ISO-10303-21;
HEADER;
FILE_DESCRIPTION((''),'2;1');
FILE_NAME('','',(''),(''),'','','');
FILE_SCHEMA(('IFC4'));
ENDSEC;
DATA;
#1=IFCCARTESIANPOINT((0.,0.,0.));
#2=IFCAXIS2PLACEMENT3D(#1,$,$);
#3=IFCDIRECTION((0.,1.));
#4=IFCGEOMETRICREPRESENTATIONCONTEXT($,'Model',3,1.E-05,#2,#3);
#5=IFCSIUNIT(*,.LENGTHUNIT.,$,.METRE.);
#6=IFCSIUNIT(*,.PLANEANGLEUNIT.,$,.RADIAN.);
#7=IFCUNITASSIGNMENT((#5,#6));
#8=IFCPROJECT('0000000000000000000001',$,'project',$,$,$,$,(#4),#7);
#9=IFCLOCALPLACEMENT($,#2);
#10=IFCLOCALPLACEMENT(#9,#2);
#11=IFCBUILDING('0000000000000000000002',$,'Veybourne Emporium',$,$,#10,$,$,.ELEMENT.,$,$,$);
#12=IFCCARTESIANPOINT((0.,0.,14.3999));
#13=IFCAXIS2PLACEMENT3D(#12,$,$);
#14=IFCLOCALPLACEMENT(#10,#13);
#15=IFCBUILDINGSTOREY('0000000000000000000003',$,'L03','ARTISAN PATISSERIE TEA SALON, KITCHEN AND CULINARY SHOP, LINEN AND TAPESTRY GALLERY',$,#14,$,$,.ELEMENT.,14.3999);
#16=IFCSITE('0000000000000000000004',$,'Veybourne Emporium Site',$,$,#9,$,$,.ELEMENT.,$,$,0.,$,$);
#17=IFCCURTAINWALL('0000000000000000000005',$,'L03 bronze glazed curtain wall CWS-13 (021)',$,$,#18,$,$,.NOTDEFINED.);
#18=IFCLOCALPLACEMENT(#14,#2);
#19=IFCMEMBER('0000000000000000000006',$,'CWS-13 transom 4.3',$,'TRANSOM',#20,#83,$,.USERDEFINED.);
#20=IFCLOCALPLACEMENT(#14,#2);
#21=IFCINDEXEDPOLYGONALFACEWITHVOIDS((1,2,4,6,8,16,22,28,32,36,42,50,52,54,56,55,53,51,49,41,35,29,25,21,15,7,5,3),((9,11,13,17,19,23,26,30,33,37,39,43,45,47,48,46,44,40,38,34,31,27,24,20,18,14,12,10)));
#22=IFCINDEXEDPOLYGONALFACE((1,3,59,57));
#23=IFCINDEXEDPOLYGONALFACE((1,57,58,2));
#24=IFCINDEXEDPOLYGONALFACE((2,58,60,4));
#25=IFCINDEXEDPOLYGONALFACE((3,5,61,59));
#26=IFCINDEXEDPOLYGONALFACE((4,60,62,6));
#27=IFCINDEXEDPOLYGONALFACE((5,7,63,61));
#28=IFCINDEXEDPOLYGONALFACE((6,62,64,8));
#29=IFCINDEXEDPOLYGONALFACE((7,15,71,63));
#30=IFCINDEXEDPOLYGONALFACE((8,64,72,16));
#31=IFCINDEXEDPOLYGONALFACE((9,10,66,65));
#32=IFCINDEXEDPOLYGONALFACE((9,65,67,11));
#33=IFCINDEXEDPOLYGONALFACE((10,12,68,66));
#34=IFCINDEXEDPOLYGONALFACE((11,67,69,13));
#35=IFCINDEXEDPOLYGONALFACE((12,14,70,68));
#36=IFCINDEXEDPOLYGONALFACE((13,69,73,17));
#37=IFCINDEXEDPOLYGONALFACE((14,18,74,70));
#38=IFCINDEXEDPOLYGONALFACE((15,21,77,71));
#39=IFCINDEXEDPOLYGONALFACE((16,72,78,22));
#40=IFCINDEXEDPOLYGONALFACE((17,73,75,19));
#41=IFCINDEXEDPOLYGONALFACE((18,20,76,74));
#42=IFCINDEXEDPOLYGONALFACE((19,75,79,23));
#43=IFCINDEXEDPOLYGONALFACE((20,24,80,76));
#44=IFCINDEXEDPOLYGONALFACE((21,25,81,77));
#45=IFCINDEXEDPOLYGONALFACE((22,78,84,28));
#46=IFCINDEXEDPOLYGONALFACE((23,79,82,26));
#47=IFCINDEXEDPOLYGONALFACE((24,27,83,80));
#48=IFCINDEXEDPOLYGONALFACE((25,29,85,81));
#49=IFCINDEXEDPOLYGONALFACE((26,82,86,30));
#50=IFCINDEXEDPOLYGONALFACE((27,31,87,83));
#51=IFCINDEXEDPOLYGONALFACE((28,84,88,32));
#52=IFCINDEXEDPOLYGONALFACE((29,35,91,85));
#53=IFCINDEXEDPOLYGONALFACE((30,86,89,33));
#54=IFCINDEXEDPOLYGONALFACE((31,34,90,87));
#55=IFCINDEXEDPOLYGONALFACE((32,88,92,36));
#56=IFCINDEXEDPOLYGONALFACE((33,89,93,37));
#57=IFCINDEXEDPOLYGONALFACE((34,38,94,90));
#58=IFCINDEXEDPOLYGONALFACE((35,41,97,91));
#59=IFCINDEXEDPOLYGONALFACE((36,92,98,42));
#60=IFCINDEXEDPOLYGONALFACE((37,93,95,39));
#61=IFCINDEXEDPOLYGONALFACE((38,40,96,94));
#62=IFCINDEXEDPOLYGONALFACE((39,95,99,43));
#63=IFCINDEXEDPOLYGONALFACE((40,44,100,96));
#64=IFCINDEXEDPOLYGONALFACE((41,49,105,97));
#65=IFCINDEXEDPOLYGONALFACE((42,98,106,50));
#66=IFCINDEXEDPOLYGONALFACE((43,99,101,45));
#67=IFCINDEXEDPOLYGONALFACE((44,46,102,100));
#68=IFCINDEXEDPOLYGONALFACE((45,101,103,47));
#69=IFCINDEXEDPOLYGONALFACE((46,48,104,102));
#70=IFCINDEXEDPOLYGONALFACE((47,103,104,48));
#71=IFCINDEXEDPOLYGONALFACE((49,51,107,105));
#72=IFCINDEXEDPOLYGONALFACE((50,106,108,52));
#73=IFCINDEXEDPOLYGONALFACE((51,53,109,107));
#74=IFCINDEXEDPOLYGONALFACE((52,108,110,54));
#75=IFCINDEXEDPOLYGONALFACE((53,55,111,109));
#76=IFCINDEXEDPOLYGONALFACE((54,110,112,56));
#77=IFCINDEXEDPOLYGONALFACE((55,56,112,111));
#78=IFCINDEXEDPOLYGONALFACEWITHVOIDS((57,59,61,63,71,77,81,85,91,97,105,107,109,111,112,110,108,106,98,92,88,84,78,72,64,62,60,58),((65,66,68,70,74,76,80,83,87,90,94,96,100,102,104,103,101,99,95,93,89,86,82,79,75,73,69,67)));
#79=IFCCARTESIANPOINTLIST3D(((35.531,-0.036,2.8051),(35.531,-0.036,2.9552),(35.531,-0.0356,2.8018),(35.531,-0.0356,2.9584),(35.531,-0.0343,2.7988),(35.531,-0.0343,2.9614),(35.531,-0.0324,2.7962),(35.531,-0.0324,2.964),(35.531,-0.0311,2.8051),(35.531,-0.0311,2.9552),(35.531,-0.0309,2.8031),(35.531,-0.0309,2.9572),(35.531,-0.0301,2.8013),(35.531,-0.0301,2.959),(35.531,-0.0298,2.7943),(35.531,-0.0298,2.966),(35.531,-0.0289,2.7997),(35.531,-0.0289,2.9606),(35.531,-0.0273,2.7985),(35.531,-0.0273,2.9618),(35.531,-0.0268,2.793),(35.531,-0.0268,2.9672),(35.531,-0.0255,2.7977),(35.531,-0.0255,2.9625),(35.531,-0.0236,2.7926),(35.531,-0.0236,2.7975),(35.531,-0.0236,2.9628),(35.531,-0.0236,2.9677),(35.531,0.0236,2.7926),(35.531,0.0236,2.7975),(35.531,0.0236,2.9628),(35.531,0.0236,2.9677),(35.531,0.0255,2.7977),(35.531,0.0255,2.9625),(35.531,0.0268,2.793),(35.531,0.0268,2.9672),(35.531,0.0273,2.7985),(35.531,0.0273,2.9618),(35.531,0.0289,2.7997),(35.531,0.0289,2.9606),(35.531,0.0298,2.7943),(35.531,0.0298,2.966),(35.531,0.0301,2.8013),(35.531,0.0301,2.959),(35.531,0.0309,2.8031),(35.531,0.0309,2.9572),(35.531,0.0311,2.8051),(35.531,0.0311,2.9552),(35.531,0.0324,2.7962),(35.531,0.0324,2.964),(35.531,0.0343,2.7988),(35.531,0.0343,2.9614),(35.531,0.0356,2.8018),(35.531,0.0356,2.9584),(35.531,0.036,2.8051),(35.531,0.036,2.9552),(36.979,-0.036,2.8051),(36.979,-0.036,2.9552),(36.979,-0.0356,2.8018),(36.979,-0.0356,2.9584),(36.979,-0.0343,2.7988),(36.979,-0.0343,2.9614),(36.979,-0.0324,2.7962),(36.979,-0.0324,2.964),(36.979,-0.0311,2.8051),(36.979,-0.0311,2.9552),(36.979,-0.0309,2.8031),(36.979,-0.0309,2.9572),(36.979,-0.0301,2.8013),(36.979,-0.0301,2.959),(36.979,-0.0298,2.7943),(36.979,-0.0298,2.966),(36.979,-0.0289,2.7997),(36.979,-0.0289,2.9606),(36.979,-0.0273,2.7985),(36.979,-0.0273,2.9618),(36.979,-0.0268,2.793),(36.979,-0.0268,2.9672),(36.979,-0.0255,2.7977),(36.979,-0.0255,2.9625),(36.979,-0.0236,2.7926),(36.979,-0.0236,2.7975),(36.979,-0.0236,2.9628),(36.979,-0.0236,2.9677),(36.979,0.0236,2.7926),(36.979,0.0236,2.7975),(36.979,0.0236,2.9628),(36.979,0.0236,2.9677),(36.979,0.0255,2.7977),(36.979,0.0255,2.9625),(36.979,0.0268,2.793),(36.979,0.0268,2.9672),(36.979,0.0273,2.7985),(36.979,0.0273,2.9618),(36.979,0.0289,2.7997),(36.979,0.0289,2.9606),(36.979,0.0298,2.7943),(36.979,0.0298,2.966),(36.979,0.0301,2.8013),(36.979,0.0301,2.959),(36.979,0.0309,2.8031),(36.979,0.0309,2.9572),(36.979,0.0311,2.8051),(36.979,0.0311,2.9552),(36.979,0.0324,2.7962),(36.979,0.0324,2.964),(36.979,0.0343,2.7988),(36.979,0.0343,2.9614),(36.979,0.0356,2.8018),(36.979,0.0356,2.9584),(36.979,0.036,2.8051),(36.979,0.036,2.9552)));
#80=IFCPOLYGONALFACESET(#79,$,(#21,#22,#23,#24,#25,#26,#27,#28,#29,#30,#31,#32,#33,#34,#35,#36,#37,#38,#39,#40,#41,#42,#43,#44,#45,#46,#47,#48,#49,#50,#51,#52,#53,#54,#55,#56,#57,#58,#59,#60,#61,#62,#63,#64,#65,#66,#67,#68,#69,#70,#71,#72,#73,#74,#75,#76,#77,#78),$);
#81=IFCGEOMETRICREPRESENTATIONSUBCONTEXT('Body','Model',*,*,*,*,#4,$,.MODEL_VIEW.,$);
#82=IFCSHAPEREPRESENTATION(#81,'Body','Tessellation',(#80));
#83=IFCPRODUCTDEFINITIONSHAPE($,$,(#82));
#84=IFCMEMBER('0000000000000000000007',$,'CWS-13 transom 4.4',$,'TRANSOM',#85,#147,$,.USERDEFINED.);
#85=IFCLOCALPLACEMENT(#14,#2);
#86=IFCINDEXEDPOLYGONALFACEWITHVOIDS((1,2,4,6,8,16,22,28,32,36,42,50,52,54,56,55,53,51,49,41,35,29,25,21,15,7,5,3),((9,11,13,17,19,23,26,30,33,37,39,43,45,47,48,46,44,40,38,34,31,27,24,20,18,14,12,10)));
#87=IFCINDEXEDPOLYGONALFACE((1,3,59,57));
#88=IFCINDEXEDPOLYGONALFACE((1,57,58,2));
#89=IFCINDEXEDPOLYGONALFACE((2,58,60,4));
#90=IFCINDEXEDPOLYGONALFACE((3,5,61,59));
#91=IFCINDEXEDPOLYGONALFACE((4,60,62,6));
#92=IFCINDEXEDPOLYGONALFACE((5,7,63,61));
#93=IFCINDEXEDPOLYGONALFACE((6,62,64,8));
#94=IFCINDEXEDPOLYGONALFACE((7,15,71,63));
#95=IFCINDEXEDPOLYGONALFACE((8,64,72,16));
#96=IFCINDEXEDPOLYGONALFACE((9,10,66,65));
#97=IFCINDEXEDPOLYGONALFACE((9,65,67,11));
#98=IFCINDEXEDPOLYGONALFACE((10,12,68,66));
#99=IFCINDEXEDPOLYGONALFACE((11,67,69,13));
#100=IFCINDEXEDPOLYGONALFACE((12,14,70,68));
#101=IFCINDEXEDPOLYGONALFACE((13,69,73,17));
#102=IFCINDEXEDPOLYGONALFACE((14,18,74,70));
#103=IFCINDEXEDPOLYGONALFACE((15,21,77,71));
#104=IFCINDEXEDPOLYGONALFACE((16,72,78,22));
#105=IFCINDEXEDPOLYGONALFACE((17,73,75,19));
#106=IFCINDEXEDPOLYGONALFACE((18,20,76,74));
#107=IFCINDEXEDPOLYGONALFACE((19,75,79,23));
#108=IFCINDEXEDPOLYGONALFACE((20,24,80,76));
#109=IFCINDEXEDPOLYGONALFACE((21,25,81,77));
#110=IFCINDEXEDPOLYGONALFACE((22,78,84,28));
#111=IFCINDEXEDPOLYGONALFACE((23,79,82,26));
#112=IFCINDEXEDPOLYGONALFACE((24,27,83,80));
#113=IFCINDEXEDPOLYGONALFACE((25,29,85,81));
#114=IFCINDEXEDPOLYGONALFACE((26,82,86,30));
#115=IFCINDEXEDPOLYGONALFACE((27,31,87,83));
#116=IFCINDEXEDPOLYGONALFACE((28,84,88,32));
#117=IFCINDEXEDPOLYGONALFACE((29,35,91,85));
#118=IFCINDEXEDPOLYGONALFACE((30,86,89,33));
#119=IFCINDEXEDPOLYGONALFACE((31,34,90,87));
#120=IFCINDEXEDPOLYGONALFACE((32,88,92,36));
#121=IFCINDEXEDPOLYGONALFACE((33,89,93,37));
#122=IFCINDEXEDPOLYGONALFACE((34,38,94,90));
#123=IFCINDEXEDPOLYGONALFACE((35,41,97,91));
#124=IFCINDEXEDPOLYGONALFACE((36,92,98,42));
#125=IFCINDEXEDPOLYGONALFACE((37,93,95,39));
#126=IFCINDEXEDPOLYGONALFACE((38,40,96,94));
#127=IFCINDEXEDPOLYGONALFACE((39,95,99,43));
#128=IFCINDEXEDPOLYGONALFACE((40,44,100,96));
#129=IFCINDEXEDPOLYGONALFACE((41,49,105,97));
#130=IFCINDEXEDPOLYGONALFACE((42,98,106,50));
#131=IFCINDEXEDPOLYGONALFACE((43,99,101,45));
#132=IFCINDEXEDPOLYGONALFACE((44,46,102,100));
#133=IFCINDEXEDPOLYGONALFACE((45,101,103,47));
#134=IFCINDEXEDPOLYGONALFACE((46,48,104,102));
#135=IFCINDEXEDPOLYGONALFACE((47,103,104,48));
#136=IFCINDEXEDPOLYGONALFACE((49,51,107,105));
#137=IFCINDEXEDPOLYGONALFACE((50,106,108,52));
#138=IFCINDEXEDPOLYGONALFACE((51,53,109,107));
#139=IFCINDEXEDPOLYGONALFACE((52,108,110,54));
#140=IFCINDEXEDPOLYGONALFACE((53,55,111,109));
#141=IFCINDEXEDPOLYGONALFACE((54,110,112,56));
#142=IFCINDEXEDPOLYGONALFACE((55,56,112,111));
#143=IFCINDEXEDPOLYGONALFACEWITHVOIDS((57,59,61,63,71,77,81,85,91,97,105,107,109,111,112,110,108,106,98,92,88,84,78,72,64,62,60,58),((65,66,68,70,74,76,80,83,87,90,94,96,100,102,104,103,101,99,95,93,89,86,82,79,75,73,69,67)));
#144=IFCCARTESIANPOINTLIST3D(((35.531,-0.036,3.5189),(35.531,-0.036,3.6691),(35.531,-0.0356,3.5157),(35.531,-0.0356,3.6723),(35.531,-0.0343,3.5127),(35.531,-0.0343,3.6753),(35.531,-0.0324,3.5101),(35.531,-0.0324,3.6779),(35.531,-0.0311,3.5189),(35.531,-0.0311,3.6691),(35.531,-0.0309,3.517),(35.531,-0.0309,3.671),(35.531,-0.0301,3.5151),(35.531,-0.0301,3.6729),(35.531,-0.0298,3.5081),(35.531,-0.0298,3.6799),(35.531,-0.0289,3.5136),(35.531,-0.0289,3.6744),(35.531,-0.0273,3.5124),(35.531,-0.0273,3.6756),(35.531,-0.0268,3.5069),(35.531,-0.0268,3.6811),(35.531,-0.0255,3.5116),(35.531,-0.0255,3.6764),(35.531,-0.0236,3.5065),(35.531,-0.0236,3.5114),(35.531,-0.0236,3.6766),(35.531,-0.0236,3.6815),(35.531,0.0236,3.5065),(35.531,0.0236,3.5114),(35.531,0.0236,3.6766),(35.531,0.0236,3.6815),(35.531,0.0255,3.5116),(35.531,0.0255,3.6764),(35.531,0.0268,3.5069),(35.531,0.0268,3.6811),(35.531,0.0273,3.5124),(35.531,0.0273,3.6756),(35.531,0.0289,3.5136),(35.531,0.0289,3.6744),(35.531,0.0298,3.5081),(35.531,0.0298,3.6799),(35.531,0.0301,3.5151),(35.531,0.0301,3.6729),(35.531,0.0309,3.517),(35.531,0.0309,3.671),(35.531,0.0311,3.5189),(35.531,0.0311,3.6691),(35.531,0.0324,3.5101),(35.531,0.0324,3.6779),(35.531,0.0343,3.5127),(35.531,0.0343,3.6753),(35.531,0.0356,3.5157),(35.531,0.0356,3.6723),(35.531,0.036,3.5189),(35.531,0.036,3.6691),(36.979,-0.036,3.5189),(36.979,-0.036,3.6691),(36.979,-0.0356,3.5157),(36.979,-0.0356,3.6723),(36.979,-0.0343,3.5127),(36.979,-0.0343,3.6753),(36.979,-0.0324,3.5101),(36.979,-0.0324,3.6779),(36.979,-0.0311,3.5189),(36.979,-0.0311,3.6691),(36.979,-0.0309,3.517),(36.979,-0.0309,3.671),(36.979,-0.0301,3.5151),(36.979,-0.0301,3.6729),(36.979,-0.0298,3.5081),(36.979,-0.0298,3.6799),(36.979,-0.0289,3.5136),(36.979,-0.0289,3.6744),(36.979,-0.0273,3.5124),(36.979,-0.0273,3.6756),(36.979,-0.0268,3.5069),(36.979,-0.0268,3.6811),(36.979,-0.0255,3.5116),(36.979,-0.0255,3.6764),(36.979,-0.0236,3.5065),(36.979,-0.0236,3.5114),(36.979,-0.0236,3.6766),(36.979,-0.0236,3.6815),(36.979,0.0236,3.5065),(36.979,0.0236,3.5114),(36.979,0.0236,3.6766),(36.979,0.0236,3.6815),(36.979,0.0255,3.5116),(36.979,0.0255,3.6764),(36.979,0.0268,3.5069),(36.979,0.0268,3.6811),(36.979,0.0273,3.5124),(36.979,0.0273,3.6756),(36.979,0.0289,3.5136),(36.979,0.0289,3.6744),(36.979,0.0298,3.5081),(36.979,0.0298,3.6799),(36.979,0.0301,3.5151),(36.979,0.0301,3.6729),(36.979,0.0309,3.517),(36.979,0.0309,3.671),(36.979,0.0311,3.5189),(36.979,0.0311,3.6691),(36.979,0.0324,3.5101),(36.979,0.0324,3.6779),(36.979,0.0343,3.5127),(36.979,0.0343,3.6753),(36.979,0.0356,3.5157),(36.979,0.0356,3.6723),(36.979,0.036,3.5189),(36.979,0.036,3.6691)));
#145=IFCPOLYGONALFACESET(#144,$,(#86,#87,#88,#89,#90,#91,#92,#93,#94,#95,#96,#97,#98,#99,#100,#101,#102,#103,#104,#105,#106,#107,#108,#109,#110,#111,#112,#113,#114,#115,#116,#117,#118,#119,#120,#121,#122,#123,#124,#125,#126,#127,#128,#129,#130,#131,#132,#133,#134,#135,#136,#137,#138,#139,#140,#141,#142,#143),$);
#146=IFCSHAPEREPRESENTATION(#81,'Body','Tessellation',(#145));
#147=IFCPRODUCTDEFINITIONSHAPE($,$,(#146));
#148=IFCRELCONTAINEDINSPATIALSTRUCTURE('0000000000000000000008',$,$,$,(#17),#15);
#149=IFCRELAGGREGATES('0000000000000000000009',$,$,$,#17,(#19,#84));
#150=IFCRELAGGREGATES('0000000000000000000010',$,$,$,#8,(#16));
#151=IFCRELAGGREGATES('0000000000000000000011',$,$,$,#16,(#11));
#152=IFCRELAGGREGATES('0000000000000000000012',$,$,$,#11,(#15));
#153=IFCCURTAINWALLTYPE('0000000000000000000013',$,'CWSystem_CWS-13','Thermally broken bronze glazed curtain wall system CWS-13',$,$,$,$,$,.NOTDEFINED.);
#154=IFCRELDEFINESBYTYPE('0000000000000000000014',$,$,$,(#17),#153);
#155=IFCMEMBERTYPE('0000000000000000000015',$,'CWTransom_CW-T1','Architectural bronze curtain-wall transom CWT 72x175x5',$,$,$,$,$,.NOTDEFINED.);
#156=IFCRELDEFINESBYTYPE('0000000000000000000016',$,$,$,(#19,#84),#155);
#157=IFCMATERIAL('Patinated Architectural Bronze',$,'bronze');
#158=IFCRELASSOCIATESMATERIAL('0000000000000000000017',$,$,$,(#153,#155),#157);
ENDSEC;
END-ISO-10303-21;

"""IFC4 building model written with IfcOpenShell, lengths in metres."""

from ifc_helpers import new_model, si_unit, direction, frame, origin, origin_2d, place, context, subcontext, project, spatial, hollow_rectangle, extrude, material, material_profile, profile_set, type_object, element, aggregate, save


model = new_model("IFC4")

# Units and contexts
model_context = context("Model", 3, precision=1e-05, world=origin(), true_north=direction((0.0, 1.0)))
body_context = subcontext(model_context, "Body", "Model", "MODEL_VIEW")
ifc_project = project(units=[si_unit("LENGTHUNIT", "METRE"), si_unit("PLANEANGLEUNIT", "RADIAN")], contexts=[model_context])

# Site, building, storey
site_placement = place(None, origin())
site = spatial("IfcSite", under=ifc_project, at=site_placement, Name="Veybourne Emporium Site", CompositionType="ELEMENT", RefElevation=0.0)
building_placement = place(site_placement, origin())
building = spatial("IfcBuilding", under=site, at=building_placement, Name="Veybourne Emporium", CompositionType="ELEMENT")
storey_placement = place(building_placement, frame((0.0, 0.0, 14.3999)))
storey = spatial("IfcBuildingStorey", under=building, at=storey_placement, Name="L03", Description="ARTISAN PATISSERIE TEA SALON, KITCHEN AND CULINARY SHOP, LINEN AND TAPESTRY GALLERY", CompositionType="ELEMENT", Elevation=14.3999)

# Curtain wall, members
ifc_material_1 = material(Name="Patinated Architectural Bronze", Category="bronze")
curtain_wall_type = type_object("IfcCurtainWallType", Name="CWSystem_CWS-13", Description="Thermally broken bronze glazed curtain wall system CWS-13", PredefinedType="NOTDEFINED", material=ifc_material_1)
curtain_wall_placement = place(storey_placement, origin())
curtain_wall = element("IfcCurtainWall", 1, at=curtain_wall_placement, inside=storey, type_object=curtain_wall_type, Name="L03 bronze glazed curtain wall CWS-13 (021)", PredefinedType="NOTDEFINED")
ifc_material_profile_1 = material_profile(ifc_material_1, hollow_rectangle(XDim=0.072, YDim=0.175, WallThickness=0.0049, InnerFilletRadius=0.0076, OuterFilletRadius=0.0125, at=origin_2d()), Name="CWT 72x175x5")
ifc_profile_set_1 = profile_set([ifc_material_profile_1], Name="Patinated Architectural Bronze")
member_type_1 = type_object("IfcMemberType", Name="CWTransom_CW-T1", Description="Architectural bronze curtain-wall transom CWT 72x175x5", PredefinedType="NOTDEFINED", material=ifc_profile_set_1)
member_1_placement = place(storey_placement, frame((36.979, 0.0, 2.8801), z_axis=(-1.0, 0.0, 0.0), x_axis=(0.0, -1.0, 0.0)))
member_1 = element("IfcMember", 2, at=member_1_placement, type_object=member_type_1, Name="CWS-13 transom 4.3", ObjectType="TRANSOM", PredefinedType="USERDEFINED", context=body_context, shape_type="SweptSolid", body=[
    extrude(hollow_rectangle(XDim=0.072, YDim=0.175, WallThickness=0.0049, InnerFilletRadius=0.0076, OuterFilletRadius=0.0125, at=origin_2d()), origin(), (0.0, 0.0, 1.0), 1.448),
])
member_2_placement = place(storey_placement, frame((36.979, 0.0, 3.594), z_axis=(-1.0, 0.0, 0.0), x_axis=(0.0, -1.0, 0.0)))
member_2 = element("IfcMember", 3, at=member_2_placement, type_object=member_type_1, Name="CWS-13 transom 4.4", ObjectType="TRANSOM", PredefinedType="USERDEFINED", context=body_context, shape_type="SweptSolid", body=[
    extrude(hollow_rectangle(XDim=0.072, YDim=0.175, WallThickness=0.0049, InnerFilletRadius=0.0076, OuterFilletRadius=0.0125, at=origin_2d()), origin(), (0.0, 0.0, 1.0), 1.448),
])

aggregate(curtain_wall, [member_1, member_2])

save(model, "model.ifc")
